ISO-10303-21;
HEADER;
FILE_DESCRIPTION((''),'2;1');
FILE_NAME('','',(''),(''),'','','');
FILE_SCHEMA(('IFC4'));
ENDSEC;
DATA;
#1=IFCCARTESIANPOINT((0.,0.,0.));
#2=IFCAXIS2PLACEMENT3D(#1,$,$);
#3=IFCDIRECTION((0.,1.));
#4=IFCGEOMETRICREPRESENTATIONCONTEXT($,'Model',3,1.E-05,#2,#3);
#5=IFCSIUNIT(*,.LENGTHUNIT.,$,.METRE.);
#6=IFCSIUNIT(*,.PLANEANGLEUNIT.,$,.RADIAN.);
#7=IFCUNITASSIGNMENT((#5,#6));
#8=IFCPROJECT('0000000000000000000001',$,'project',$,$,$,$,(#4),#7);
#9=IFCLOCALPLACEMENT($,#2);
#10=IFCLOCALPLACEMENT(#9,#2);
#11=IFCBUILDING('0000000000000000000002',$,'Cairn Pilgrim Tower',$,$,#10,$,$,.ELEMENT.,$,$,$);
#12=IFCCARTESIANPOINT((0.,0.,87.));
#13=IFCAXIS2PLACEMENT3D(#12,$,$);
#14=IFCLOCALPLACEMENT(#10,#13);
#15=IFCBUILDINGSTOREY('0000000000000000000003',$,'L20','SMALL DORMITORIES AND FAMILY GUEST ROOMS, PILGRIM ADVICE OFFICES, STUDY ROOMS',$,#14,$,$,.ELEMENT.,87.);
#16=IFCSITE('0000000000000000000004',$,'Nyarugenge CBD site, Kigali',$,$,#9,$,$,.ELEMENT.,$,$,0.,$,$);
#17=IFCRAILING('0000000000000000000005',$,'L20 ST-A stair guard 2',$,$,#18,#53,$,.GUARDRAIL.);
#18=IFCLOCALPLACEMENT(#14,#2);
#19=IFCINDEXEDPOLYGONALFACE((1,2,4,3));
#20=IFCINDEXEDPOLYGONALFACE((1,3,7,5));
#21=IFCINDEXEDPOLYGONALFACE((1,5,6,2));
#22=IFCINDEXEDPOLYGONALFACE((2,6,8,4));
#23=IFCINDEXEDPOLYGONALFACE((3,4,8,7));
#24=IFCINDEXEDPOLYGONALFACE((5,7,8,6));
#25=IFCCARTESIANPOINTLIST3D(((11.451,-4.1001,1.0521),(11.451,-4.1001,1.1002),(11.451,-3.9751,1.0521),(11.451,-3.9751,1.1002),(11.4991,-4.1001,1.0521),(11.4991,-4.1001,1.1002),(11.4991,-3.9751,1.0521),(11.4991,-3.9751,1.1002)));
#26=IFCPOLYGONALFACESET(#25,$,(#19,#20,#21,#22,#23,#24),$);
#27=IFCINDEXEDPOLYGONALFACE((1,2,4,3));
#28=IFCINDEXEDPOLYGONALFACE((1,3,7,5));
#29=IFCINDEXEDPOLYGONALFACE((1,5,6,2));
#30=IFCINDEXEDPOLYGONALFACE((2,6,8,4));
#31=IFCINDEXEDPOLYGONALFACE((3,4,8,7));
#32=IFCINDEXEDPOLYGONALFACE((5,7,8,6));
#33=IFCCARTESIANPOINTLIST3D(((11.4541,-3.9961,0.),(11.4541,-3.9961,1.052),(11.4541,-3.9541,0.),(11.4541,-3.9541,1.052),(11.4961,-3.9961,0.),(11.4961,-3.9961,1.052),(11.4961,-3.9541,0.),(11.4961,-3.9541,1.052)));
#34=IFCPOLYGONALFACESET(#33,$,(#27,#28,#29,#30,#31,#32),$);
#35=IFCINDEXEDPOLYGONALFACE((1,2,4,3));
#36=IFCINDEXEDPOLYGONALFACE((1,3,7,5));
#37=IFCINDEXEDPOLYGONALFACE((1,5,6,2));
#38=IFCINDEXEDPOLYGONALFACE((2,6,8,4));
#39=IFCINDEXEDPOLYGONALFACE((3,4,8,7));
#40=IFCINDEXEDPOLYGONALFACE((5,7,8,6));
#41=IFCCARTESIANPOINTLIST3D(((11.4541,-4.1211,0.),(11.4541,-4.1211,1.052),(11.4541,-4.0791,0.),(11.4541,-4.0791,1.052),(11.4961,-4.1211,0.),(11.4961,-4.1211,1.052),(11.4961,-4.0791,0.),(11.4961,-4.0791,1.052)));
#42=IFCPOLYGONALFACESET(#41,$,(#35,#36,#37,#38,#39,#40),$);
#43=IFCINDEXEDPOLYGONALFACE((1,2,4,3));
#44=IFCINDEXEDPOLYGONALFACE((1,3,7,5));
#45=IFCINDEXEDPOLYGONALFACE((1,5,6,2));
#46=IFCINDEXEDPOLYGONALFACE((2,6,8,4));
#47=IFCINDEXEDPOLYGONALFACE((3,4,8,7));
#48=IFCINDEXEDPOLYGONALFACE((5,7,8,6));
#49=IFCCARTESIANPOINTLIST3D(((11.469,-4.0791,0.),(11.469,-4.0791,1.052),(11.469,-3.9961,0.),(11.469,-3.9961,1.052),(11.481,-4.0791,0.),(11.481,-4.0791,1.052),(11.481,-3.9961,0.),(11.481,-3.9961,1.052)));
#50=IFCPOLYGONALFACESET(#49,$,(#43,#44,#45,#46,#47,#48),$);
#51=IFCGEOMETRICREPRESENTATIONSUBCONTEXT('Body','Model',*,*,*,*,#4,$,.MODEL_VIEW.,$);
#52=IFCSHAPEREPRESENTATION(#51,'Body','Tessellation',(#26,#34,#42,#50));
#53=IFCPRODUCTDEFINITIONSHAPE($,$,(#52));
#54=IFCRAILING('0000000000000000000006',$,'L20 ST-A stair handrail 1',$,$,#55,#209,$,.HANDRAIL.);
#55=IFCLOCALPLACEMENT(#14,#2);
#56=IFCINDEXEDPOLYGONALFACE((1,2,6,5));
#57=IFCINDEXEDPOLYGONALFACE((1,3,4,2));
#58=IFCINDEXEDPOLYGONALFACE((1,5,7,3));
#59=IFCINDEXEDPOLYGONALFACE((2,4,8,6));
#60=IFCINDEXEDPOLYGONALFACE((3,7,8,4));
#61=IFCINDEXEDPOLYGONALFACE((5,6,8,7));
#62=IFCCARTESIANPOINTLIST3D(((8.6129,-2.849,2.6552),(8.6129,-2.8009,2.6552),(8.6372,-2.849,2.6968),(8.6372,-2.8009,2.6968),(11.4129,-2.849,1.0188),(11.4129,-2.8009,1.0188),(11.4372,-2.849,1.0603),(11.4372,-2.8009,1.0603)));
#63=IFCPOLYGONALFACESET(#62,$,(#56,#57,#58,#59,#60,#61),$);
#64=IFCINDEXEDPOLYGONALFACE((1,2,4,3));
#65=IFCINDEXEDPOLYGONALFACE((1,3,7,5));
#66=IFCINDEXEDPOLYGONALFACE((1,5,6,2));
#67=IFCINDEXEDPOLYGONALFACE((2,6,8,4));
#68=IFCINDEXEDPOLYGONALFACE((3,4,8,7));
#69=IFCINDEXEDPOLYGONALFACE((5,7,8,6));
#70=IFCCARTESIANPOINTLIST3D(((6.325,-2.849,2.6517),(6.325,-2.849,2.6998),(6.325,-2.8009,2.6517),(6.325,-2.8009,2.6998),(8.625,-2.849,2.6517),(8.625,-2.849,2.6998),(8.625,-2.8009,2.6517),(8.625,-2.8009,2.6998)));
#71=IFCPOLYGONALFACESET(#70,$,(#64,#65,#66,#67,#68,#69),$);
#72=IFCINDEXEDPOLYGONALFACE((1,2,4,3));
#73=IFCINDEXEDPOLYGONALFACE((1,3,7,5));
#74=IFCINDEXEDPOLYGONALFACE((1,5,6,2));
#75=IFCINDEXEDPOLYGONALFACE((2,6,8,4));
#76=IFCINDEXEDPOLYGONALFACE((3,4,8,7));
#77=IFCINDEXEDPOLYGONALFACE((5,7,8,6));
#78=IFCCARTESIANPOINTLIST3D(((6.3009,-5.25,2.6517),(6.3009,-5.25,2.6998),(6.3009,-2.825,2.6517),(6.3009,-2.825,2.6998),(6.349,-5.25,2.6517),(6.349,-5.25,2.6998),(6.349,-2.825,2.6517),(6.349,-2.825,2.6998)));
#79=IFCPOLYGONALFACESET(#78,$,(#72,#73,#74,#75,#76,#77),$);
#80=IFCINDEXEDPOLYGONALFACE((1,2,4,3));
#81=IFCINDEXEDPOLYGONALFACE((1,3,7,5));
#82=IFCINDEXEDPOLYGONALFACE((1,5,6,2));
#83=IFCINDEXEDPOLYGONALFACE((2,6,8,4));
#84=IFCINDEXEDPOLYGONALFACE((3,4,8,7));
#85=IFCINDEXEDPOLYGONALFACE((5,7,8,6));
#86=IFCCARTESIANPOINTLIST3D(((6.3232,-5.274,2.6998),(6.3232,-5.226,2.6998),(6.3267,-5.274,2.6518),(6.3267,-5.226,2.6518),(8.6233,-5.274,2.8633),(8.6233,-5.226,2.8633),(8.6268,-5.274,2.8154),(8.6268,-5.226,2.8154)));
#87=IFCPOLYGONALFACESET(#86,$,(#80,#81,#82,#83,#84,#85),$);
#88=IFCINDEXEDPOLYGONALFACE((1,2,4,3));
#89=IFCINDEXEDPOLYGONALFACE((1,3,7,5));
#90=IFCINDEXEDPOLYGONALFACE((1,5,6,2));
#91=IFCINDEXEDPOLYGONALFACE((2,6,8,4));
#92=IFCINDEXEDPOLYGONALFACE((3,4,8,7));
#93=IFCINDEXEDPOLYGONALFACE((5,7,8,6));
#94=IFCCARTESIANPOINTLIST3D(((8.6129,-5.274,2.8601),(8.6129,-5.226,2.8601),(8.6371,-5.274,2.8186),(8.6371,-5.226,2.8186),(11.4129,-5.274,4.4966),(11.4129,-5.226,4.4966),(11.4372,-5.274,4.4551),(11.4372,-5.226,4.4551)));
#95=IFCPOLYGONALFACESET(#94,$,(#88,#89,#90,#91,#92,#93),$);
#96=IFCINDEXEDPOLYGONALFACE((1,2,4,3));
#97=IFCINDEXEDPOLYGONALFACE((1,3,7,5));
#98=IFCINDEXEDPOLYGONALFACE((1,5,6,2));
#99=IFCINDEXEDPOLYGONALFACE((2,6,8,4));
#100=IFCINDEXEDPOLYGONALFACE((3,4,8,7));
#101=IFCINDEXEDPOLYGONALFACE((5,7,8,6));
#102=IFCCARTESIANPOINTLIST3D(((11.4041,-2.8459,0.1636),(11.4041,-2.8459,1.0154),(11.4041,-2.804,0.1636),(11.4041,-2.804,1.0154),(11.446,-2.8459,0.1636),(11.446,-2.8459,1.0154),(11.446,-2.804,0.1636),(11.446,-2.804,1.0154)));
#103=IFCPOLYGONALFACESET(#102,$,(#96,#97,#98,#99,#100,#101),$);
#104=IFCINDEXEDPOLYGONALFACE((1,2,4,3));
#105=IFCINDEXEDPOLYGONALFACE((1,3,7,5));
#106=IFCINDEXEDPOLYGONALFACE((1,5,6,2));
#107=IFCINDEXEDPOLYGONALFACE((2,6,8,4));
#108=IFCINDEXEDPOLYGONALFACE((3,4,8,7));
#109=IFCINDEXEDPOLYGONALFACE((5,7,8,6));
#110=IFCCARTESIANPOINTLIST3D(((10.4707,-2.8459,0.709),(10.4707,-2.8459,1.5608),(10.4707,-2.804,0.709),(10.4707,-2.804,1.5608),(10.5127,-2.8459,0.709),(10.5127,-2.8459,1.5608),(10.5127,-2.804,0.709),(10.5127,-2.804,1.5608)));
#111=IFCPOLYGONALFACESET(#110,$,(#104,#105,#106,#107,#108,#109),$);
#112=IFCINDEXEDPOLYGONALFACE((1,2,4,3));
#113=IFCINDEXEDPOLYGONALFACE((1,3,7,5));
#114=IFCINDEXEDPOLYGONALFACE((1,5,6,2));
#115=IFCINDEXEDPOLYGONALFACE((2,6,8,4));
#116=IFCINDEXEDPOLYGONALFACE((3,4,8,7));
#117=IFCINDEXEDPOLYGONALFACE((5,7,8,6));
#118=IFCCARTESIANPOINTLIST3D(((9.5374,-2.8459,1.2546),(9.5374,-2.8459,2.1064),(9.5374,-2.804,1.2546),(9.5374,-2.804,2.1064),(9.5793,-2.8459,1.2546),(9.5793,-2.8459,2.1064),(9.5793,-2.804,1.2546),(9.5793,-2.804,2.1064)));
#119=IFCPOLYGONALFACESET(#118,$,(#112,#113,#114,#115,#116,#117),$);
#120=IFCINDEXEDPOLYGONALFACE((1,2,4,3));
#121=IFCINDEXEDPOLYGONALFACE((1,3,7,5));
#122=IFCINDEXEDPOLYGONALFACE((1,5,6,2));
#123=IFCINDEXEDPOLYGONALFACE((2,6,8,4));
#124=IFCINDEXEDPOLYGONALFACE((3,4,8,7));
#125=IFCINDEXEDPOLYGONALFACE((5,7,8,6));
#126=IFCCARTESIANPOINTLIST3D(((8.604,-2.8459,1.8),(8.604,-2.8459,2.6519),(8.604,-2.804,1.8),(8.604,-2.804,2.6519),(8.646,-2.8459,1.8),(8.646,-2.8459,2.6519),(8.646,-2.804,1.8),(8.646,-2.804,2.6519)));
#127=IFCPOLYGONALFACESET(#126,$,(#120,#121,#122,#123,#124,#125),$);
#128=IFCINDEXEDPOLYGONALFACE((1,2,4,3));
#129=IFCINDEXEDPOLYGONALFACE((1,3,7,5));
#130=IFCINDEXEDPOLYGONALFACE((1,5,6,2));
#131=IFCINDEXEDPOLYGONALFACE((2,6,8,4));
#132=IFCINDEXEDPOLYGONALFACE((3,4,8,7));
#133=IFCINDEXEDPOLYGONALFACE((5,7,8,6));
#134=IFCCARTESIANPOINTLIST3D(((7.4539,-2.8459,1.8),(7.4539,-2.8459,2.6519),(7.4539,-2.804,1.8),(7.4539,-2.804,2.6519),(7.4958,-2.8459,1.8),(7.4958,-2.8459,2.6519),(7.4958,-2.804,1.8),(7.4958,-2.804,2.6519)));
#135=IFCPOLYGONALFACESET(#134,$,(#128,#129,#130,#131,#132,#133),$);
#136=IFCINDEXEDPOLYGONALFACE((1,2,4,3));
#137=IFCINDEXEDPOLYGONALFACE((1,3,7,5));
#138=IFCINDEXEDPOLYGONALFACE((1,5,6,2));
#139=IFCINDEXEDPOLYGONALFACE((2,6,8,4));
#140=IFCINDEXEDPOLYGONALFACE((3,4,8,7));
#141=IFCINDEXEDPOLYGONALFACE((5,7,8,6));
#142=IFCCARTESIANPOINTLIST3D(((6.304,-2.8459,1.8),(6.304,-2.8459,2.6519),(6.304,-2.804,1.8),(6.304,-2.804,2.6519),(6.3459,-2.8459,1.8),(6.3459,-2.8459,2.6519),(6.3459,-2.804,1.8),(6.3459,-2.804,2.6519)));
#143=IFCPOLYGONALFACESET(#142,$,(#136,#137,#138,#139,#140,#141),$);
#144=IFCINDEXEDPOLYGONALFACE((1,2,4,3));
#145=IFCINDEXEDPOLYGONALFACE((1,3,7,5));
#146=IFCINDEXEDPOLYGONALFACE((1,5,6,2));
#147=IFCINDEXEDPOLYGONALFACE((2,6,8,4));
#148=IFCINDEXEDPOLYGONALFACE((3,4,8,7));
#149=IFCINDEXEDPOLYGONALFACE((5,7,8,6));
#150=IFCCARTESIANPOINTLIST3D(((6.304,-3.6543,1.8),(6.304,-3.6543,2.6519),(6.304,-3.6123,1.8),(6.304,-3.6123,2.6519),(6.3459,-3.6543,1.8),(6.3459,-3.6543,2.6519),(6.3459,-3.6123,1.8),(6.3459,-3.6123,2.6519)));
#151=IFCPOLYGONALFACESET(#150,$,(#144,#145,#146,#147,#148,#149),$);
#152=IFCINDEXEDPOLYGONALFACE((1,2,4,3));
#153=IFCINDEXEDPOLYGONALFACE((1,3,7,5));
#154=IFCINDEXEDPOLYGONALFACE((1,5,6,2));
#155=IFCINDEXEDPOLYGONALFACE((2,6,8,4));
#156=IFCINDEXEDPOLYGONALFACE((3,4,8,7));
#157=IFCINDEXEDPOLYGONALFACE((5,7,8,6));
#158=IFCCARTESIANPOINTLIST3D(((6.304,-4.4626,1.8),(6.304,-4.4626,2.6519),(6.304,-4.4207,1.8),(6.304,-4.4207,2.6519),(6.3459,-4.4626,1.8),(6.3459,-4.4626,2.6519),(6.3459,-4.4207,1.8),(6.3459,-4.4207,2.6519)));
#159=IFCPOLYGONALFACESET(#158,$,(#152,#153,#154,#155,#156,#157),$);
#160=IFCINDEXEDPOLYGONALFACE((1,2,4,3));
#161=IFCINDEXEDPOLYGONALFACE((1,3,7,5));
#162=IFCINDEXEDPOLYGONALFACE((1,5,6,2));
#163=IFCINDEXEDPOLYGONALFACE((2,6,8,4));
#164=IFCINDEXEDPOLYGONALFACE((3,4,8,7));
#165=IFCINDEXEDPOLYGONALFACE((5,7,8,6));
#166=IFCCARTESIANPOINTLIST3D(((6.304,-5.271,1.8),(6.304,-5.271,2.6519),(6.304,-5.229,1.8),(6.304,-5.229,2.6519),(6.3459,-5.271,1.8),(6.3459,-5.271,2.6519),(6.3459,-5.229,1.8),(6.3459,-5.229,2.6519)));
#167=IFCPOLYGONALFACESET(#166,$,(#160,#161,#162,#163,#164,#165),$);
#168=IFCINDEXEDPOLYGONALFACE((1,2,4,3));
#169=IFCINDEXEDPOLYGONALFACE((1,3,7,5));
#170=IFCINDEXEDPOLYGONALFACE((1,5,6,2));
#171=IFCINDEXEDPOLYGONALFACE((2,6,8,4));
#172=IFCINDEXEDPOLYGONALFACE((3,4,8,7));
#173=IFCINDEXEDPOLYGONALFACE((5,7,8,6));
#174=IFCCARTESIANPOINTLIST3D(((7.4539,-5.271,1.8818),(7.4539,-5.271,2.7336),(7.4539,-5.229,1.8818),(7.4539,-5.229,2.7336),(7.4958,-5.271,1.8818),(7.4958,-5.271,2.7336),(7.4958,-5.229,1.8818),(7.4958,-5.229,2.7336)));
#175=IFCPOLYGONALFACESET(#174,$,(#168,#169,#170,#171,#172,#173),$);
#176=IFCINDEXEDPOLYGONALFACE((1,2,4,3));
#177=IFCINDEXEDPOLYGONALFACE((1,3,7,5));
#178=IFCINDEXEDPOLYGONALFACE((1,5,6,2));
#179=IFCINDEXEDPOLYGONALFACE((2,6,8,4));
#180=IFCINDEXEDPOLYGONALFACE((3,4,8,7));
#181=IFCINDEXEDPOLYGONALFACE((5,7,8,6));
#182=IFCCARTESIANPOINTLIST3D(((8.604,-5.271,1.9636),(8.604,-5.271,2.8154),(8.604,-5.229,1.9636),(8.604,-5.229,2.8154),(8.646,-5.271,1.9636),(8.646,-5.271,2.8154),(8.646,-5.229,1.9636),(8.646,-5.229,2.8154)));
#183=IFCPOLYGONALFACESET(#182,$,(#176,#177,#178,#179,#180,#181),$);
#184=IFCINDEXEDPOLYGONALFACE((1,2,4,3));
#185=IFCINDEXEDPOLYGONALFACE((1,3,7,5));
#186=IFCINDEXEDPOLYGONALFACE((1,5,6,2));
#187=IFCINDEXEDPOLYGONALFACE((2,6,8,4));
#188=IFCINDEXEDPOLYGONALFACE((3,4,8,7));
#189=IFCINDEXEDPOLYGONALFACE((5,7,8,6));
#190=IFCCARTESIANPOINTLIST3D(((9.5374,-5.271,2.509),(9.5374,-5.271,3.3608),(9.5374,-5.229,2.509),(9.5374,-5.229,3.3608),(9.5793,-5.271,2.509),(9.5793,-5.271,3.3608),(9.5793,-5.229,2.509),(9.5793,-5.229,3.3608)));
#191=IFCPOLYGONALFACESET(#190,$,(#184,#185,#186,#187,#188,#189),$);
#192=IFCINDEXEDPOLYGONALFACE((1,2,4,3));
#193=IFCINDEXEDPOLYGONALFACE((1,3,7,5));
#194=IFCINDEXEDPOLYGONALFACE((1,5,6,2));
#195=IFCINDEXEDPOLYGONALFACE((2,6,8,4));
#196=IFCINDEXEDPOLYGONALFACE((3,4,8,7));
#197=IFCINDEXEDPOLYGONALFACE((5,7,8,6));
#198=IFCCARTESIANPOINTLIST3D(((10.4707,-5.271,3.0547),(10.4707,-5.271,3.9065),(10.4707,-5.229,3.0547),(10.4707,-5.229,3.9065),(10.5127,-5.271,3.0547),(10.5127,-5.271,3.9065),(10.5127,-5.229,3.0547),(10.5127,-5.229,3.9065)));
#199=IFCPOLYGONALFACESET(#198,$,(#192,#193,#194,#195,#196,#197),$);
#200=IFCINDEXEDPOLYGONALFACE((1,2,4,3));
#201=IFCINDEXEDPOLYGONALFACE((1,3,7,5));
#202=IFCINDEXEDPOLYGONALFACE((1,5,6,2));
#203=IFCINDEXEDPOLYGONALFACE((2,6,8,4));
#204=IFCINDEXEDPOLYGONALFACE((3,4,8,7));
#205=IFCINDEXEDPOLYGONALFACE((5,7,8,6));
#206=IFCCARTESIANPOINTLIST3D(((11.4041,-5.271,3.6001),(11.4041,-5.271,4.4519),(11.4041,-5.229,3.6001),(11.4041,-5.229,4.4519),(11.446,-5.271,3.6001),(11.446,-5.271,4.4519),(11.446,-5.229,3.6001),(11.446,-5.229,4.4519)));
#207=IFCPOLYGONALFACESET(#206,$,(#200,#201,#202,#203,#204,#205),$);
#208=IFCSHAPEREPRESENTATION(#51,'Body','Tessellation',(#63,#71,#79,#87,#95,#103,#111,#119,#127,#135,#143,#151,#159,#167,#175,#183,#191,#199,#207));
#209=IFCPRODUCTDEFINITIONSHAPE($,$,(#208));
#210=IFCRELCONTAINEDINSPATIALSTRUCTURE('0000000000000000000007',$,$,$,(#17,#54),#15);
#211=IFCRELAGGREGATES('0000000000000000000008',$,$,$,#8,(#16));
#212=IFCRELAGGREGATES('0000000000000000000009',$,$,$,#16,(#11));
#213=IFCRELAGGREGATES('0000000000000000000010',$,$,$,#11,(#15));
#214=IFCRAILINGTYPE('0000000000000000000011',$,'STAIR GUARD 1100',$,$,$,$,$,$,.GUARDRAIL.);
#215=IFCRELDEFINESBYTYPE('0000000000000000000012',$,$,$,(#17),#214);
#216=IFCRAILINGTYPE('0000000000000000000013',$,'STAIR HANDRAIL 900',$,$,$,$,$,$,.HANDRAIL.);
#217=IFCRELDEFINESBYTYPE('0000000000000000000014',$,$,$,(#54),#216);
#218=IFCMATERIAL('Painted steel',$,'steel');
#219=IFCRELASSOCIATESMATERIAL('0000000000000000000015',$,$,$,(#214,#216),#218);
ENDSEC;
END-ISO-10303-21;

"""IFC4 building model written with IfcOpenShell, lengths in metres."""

from ifc_helpers import new_model, si_unit, direction, frame, origin, origin_2d, place, context, subcontext, project, spatial, polyline, rectangle, outline, extrude, material, type_object, element, save


model = new_model("IFC4")

# Units and contexts
model_context = context("Model", 3, precision=1e-05, world=origin(), true_north=direction((0.0, 1.0)))
body_context = subcontext(model_context, "Body", "Model", "MODEL_VIEW")
ifc_project = project(units=[si_unit("LENGTHUNIT", "METRE"), si_unit("PLANEANGLEUNIT", "RADIAN")], contexts=[model_context])

# Site, building, storey
site_placement = place(None, origin())
site = spatial("IfcSite", under=ifc_project, at=site_placement, Name="Nyarugenge CBD site, Kigali", CompositionType="ELEMENT", RefElevation=0.0)
building_placement = place(site_placement, origin())
building = spatial("IfcBuilding", under=site, at=building_placement, Name="Cairn Pilgrim Tower", CompositionType="ELEMENT")
storey_placement = place(building_placement, frame((0.0, 0.0, 87.0)))
storey = spatial("IfcBuildingStorey", under=building, at=storey_placement, Name="L20", Description="SMALL DORMITORIES AND FAMILY GUEST ROOMS, PILGRIM ADVICE OFFICES, STUDY ROOMS", CompositionType="ELEMENT", Elevation=87.0)

# Shared definitions
ifc_material_1 = material(Name="Painted steel", Category="steel")

# Railings
railing_type_1 = type_object("IfcRailingType", Name="STAIR GUARD 1100", PredefinedType="GUARDRAIL", material=ifc_material_1)
railing_1_placement = place(storey_placement, frame((11.4751, -3.9751, 0.0)))
element("IfcRailing", 1, at=railing_1_placement, inside=storey, type_object=railing_type_1, Name="L20 ST-A stair guard 2", PredefinedType="GUARDRAIL", context=body_context, shape_type="SweptSolid", body=[
    extrude(rectangle(XDim=0.0481, YDim=0.0481, at=origin_2d()), frame((0.0, 0.0, 1.0762), z_axis=(0.0, -1.0, 0.0), x_axis=(1.0, 0.0, 0.0)), (0.0, 0.0, 1.0), 0.125),
    extrude(rectangle(XDim=0.042, YDim=0.042, at=origin_2d()), origin(), (0.0, 0.0, 1.0), 1.052),
    extrude(rectangle(XDim=0.042, YDim=0.042, at=origin_2d()), frame((0.0, -0.125, 0.0)), (0.0, 0.0, 1.0), 1.052),
    extrude(outline(polyline([(0.021, 0.0), (0.104, 0.0), (0.104, 1.052), (0.021, 1.052), (0.021, 0.0)])), frame((0.0059, 0.0, 0.0), z_axis=(-1.0, 0.0, 0.0), x_axis=(0.0, -1.0, 0.0)), (0.0, 0.0, 1.0), 0.012),
])
railing_type_2 = type_object("IfcRailingType", Name="STAIR HANDRAIL 900", PredefinedType="HANDRAIL", material=ifc_material_1)
railing_2_placement = place(storey_placement, frame((11.425, -2.825, 0.1636)))
element("IfcRailing", 2, at=railing_2_placement, inside=storey, type_object=railing_type_2, Name="L20 ST-A stair handrail 1", PredefinedType="HANDRAIL", context=body_context, shape_type="SweptSolid", body=[
    extrude(rectangle(XDim=0.0481, YDim=0.0481, at=origin_2d()), frame((0.0, 0.0, 0.876), z_axis=(-0.863361, 0.0, 0.504587), x_axis=(0.0, -1.0, 0.0)), (0.0, 0.0, 1.0), 3.2432),
    extrude(rectangle(XDim=0.0481, YDim=0.0481, at=origin_2d()), frame((-2.8, 0.0, 2.5122), z_axis=(-1.0, 0.0, 0.0), x_axis=(0.0, -1.0, 0.0)), (0.0, 0.0, 1.0), 2.3),
    extrude(rectangle(XDim=0.0481, YDim=0.0481, at=origin_2d()), frame((-5.1001, 0.0, 2.5122), z_axis=(0.0, -1.0, 0.0), x_axis=(1.0, 0.0, 0.0)), (0.0, 0.0, 1.0), 2.425),
    extrude(rectangle(XDim=0.0481, YDim=0.0481, at=origin_2d()), frame((-5.1001, -2.425, 2.5122), z_axis=(0.997481, 0.0, 0.070939), x_axis=(0.0, 1.0, 0.0)), (0.0, 0.0, 1.0), 2.3059),
    extrude(rectangle(XDim=0.0481, YDim=0.0481, at=origin_2d()), frame((-2.8, -2.425, 2.6758), z_axis=(0.863361, 0.0, 0.504587), x_axis=(0.0, 1.0, 0.0)), (0.0, 0.0, 1.0), 3.2432),
    extrude(rectangle(XDim=0.042, YDim=0.042, at=origin_2d()), origin(), (0.0, 0.0, 1.0), 0.8518),
    extrude(rectangle(XDim=0.042, YDim=0.042, at=origin_2d()), frame((-0.9333, 0.0, 0.5454)), (0.0, 0.0, 1.0), 0.8518),
    extrude(rectangle(XDim=0.042, YDim=0.042, at=origin_2d()), frame((-1.8667, 0.0, 1.0911)), (0.0, 0.0, 1.0), 0.8518),
    extrude(rectangle(XDim=0.042, YDim=0.042, at=origin_2d()), frame((-2.8, 0.0, 1.6365)), (0.0, 0.0, 1.0), 0.8518),
    extrude(rectangle(XDim=0.042, YDim=0.042, at=origin_2d()), frame((-3.9502, 0.0, 1.6365)), (0.0, 0.0, 1.0), 0.8518),
    extrude(rectangle(XDim=0.042, YDim=0.042, at=origin_2d()), frame((-5.1001, 0.0, 1.6365)), (0.0, 0.0, 1.0), 0.8518),
    extrude(rectangle(XDim=0.042, YDim=0.042, at=origin_2d()), frame((-5.1001, -0.8083, 1.6365)), (0.0, 0.0, 1.0), 0.8518),
    extrude(rectangle(XDim=0.042, YDim=0.042, at=origin_2d()), frame((-5.1001, -1.6167, 1.6365)), (0.0, 0.0, 1.0), 0.8518),
    extrude(rectangle(XDim=0.042, YDim=0.042, at=origin_2d()), frame((-5.1001, -2.425, 1.6365)), (0.0, 0.0, 1.0), 0.8518),
    extrude(rectangle(XDim=0.042, YDim=0.042, at=origin_2d()), frame((-3.9502, -2.425, 1.7183)), (0.0, 0.0, 1.0), 0.8518),
    extrude(rectangle(XDim=0.042, YDim=0.042, at=origin_2d()), frame((-2.8, -2.425, 1.8)), (0.0, 0.0, 1.0), 0.8518),
    extrude(rectangle(XDim=0.042, YDim=0.042, at=origin_2d()), frame((-1.8667, -2.425, 2.3455)), (0.0, 0.0, 1.0), 0.8518),
    extrude(rectangle(XDim=0.042, YDim=0.042, at=origin_2d()), frame((-0.9333, -2.425, 2.8911)), (0.0, 0.0, 1.0), 0.8518),
    extrude(rectangle(XDim=0.042, YDim=0.042, at=origin_2d()), frame((0.0, -2.425, 3.4365)), (0.0, 0.0, 1.0), 0.8518),
])

save(model, "model.ifc")
